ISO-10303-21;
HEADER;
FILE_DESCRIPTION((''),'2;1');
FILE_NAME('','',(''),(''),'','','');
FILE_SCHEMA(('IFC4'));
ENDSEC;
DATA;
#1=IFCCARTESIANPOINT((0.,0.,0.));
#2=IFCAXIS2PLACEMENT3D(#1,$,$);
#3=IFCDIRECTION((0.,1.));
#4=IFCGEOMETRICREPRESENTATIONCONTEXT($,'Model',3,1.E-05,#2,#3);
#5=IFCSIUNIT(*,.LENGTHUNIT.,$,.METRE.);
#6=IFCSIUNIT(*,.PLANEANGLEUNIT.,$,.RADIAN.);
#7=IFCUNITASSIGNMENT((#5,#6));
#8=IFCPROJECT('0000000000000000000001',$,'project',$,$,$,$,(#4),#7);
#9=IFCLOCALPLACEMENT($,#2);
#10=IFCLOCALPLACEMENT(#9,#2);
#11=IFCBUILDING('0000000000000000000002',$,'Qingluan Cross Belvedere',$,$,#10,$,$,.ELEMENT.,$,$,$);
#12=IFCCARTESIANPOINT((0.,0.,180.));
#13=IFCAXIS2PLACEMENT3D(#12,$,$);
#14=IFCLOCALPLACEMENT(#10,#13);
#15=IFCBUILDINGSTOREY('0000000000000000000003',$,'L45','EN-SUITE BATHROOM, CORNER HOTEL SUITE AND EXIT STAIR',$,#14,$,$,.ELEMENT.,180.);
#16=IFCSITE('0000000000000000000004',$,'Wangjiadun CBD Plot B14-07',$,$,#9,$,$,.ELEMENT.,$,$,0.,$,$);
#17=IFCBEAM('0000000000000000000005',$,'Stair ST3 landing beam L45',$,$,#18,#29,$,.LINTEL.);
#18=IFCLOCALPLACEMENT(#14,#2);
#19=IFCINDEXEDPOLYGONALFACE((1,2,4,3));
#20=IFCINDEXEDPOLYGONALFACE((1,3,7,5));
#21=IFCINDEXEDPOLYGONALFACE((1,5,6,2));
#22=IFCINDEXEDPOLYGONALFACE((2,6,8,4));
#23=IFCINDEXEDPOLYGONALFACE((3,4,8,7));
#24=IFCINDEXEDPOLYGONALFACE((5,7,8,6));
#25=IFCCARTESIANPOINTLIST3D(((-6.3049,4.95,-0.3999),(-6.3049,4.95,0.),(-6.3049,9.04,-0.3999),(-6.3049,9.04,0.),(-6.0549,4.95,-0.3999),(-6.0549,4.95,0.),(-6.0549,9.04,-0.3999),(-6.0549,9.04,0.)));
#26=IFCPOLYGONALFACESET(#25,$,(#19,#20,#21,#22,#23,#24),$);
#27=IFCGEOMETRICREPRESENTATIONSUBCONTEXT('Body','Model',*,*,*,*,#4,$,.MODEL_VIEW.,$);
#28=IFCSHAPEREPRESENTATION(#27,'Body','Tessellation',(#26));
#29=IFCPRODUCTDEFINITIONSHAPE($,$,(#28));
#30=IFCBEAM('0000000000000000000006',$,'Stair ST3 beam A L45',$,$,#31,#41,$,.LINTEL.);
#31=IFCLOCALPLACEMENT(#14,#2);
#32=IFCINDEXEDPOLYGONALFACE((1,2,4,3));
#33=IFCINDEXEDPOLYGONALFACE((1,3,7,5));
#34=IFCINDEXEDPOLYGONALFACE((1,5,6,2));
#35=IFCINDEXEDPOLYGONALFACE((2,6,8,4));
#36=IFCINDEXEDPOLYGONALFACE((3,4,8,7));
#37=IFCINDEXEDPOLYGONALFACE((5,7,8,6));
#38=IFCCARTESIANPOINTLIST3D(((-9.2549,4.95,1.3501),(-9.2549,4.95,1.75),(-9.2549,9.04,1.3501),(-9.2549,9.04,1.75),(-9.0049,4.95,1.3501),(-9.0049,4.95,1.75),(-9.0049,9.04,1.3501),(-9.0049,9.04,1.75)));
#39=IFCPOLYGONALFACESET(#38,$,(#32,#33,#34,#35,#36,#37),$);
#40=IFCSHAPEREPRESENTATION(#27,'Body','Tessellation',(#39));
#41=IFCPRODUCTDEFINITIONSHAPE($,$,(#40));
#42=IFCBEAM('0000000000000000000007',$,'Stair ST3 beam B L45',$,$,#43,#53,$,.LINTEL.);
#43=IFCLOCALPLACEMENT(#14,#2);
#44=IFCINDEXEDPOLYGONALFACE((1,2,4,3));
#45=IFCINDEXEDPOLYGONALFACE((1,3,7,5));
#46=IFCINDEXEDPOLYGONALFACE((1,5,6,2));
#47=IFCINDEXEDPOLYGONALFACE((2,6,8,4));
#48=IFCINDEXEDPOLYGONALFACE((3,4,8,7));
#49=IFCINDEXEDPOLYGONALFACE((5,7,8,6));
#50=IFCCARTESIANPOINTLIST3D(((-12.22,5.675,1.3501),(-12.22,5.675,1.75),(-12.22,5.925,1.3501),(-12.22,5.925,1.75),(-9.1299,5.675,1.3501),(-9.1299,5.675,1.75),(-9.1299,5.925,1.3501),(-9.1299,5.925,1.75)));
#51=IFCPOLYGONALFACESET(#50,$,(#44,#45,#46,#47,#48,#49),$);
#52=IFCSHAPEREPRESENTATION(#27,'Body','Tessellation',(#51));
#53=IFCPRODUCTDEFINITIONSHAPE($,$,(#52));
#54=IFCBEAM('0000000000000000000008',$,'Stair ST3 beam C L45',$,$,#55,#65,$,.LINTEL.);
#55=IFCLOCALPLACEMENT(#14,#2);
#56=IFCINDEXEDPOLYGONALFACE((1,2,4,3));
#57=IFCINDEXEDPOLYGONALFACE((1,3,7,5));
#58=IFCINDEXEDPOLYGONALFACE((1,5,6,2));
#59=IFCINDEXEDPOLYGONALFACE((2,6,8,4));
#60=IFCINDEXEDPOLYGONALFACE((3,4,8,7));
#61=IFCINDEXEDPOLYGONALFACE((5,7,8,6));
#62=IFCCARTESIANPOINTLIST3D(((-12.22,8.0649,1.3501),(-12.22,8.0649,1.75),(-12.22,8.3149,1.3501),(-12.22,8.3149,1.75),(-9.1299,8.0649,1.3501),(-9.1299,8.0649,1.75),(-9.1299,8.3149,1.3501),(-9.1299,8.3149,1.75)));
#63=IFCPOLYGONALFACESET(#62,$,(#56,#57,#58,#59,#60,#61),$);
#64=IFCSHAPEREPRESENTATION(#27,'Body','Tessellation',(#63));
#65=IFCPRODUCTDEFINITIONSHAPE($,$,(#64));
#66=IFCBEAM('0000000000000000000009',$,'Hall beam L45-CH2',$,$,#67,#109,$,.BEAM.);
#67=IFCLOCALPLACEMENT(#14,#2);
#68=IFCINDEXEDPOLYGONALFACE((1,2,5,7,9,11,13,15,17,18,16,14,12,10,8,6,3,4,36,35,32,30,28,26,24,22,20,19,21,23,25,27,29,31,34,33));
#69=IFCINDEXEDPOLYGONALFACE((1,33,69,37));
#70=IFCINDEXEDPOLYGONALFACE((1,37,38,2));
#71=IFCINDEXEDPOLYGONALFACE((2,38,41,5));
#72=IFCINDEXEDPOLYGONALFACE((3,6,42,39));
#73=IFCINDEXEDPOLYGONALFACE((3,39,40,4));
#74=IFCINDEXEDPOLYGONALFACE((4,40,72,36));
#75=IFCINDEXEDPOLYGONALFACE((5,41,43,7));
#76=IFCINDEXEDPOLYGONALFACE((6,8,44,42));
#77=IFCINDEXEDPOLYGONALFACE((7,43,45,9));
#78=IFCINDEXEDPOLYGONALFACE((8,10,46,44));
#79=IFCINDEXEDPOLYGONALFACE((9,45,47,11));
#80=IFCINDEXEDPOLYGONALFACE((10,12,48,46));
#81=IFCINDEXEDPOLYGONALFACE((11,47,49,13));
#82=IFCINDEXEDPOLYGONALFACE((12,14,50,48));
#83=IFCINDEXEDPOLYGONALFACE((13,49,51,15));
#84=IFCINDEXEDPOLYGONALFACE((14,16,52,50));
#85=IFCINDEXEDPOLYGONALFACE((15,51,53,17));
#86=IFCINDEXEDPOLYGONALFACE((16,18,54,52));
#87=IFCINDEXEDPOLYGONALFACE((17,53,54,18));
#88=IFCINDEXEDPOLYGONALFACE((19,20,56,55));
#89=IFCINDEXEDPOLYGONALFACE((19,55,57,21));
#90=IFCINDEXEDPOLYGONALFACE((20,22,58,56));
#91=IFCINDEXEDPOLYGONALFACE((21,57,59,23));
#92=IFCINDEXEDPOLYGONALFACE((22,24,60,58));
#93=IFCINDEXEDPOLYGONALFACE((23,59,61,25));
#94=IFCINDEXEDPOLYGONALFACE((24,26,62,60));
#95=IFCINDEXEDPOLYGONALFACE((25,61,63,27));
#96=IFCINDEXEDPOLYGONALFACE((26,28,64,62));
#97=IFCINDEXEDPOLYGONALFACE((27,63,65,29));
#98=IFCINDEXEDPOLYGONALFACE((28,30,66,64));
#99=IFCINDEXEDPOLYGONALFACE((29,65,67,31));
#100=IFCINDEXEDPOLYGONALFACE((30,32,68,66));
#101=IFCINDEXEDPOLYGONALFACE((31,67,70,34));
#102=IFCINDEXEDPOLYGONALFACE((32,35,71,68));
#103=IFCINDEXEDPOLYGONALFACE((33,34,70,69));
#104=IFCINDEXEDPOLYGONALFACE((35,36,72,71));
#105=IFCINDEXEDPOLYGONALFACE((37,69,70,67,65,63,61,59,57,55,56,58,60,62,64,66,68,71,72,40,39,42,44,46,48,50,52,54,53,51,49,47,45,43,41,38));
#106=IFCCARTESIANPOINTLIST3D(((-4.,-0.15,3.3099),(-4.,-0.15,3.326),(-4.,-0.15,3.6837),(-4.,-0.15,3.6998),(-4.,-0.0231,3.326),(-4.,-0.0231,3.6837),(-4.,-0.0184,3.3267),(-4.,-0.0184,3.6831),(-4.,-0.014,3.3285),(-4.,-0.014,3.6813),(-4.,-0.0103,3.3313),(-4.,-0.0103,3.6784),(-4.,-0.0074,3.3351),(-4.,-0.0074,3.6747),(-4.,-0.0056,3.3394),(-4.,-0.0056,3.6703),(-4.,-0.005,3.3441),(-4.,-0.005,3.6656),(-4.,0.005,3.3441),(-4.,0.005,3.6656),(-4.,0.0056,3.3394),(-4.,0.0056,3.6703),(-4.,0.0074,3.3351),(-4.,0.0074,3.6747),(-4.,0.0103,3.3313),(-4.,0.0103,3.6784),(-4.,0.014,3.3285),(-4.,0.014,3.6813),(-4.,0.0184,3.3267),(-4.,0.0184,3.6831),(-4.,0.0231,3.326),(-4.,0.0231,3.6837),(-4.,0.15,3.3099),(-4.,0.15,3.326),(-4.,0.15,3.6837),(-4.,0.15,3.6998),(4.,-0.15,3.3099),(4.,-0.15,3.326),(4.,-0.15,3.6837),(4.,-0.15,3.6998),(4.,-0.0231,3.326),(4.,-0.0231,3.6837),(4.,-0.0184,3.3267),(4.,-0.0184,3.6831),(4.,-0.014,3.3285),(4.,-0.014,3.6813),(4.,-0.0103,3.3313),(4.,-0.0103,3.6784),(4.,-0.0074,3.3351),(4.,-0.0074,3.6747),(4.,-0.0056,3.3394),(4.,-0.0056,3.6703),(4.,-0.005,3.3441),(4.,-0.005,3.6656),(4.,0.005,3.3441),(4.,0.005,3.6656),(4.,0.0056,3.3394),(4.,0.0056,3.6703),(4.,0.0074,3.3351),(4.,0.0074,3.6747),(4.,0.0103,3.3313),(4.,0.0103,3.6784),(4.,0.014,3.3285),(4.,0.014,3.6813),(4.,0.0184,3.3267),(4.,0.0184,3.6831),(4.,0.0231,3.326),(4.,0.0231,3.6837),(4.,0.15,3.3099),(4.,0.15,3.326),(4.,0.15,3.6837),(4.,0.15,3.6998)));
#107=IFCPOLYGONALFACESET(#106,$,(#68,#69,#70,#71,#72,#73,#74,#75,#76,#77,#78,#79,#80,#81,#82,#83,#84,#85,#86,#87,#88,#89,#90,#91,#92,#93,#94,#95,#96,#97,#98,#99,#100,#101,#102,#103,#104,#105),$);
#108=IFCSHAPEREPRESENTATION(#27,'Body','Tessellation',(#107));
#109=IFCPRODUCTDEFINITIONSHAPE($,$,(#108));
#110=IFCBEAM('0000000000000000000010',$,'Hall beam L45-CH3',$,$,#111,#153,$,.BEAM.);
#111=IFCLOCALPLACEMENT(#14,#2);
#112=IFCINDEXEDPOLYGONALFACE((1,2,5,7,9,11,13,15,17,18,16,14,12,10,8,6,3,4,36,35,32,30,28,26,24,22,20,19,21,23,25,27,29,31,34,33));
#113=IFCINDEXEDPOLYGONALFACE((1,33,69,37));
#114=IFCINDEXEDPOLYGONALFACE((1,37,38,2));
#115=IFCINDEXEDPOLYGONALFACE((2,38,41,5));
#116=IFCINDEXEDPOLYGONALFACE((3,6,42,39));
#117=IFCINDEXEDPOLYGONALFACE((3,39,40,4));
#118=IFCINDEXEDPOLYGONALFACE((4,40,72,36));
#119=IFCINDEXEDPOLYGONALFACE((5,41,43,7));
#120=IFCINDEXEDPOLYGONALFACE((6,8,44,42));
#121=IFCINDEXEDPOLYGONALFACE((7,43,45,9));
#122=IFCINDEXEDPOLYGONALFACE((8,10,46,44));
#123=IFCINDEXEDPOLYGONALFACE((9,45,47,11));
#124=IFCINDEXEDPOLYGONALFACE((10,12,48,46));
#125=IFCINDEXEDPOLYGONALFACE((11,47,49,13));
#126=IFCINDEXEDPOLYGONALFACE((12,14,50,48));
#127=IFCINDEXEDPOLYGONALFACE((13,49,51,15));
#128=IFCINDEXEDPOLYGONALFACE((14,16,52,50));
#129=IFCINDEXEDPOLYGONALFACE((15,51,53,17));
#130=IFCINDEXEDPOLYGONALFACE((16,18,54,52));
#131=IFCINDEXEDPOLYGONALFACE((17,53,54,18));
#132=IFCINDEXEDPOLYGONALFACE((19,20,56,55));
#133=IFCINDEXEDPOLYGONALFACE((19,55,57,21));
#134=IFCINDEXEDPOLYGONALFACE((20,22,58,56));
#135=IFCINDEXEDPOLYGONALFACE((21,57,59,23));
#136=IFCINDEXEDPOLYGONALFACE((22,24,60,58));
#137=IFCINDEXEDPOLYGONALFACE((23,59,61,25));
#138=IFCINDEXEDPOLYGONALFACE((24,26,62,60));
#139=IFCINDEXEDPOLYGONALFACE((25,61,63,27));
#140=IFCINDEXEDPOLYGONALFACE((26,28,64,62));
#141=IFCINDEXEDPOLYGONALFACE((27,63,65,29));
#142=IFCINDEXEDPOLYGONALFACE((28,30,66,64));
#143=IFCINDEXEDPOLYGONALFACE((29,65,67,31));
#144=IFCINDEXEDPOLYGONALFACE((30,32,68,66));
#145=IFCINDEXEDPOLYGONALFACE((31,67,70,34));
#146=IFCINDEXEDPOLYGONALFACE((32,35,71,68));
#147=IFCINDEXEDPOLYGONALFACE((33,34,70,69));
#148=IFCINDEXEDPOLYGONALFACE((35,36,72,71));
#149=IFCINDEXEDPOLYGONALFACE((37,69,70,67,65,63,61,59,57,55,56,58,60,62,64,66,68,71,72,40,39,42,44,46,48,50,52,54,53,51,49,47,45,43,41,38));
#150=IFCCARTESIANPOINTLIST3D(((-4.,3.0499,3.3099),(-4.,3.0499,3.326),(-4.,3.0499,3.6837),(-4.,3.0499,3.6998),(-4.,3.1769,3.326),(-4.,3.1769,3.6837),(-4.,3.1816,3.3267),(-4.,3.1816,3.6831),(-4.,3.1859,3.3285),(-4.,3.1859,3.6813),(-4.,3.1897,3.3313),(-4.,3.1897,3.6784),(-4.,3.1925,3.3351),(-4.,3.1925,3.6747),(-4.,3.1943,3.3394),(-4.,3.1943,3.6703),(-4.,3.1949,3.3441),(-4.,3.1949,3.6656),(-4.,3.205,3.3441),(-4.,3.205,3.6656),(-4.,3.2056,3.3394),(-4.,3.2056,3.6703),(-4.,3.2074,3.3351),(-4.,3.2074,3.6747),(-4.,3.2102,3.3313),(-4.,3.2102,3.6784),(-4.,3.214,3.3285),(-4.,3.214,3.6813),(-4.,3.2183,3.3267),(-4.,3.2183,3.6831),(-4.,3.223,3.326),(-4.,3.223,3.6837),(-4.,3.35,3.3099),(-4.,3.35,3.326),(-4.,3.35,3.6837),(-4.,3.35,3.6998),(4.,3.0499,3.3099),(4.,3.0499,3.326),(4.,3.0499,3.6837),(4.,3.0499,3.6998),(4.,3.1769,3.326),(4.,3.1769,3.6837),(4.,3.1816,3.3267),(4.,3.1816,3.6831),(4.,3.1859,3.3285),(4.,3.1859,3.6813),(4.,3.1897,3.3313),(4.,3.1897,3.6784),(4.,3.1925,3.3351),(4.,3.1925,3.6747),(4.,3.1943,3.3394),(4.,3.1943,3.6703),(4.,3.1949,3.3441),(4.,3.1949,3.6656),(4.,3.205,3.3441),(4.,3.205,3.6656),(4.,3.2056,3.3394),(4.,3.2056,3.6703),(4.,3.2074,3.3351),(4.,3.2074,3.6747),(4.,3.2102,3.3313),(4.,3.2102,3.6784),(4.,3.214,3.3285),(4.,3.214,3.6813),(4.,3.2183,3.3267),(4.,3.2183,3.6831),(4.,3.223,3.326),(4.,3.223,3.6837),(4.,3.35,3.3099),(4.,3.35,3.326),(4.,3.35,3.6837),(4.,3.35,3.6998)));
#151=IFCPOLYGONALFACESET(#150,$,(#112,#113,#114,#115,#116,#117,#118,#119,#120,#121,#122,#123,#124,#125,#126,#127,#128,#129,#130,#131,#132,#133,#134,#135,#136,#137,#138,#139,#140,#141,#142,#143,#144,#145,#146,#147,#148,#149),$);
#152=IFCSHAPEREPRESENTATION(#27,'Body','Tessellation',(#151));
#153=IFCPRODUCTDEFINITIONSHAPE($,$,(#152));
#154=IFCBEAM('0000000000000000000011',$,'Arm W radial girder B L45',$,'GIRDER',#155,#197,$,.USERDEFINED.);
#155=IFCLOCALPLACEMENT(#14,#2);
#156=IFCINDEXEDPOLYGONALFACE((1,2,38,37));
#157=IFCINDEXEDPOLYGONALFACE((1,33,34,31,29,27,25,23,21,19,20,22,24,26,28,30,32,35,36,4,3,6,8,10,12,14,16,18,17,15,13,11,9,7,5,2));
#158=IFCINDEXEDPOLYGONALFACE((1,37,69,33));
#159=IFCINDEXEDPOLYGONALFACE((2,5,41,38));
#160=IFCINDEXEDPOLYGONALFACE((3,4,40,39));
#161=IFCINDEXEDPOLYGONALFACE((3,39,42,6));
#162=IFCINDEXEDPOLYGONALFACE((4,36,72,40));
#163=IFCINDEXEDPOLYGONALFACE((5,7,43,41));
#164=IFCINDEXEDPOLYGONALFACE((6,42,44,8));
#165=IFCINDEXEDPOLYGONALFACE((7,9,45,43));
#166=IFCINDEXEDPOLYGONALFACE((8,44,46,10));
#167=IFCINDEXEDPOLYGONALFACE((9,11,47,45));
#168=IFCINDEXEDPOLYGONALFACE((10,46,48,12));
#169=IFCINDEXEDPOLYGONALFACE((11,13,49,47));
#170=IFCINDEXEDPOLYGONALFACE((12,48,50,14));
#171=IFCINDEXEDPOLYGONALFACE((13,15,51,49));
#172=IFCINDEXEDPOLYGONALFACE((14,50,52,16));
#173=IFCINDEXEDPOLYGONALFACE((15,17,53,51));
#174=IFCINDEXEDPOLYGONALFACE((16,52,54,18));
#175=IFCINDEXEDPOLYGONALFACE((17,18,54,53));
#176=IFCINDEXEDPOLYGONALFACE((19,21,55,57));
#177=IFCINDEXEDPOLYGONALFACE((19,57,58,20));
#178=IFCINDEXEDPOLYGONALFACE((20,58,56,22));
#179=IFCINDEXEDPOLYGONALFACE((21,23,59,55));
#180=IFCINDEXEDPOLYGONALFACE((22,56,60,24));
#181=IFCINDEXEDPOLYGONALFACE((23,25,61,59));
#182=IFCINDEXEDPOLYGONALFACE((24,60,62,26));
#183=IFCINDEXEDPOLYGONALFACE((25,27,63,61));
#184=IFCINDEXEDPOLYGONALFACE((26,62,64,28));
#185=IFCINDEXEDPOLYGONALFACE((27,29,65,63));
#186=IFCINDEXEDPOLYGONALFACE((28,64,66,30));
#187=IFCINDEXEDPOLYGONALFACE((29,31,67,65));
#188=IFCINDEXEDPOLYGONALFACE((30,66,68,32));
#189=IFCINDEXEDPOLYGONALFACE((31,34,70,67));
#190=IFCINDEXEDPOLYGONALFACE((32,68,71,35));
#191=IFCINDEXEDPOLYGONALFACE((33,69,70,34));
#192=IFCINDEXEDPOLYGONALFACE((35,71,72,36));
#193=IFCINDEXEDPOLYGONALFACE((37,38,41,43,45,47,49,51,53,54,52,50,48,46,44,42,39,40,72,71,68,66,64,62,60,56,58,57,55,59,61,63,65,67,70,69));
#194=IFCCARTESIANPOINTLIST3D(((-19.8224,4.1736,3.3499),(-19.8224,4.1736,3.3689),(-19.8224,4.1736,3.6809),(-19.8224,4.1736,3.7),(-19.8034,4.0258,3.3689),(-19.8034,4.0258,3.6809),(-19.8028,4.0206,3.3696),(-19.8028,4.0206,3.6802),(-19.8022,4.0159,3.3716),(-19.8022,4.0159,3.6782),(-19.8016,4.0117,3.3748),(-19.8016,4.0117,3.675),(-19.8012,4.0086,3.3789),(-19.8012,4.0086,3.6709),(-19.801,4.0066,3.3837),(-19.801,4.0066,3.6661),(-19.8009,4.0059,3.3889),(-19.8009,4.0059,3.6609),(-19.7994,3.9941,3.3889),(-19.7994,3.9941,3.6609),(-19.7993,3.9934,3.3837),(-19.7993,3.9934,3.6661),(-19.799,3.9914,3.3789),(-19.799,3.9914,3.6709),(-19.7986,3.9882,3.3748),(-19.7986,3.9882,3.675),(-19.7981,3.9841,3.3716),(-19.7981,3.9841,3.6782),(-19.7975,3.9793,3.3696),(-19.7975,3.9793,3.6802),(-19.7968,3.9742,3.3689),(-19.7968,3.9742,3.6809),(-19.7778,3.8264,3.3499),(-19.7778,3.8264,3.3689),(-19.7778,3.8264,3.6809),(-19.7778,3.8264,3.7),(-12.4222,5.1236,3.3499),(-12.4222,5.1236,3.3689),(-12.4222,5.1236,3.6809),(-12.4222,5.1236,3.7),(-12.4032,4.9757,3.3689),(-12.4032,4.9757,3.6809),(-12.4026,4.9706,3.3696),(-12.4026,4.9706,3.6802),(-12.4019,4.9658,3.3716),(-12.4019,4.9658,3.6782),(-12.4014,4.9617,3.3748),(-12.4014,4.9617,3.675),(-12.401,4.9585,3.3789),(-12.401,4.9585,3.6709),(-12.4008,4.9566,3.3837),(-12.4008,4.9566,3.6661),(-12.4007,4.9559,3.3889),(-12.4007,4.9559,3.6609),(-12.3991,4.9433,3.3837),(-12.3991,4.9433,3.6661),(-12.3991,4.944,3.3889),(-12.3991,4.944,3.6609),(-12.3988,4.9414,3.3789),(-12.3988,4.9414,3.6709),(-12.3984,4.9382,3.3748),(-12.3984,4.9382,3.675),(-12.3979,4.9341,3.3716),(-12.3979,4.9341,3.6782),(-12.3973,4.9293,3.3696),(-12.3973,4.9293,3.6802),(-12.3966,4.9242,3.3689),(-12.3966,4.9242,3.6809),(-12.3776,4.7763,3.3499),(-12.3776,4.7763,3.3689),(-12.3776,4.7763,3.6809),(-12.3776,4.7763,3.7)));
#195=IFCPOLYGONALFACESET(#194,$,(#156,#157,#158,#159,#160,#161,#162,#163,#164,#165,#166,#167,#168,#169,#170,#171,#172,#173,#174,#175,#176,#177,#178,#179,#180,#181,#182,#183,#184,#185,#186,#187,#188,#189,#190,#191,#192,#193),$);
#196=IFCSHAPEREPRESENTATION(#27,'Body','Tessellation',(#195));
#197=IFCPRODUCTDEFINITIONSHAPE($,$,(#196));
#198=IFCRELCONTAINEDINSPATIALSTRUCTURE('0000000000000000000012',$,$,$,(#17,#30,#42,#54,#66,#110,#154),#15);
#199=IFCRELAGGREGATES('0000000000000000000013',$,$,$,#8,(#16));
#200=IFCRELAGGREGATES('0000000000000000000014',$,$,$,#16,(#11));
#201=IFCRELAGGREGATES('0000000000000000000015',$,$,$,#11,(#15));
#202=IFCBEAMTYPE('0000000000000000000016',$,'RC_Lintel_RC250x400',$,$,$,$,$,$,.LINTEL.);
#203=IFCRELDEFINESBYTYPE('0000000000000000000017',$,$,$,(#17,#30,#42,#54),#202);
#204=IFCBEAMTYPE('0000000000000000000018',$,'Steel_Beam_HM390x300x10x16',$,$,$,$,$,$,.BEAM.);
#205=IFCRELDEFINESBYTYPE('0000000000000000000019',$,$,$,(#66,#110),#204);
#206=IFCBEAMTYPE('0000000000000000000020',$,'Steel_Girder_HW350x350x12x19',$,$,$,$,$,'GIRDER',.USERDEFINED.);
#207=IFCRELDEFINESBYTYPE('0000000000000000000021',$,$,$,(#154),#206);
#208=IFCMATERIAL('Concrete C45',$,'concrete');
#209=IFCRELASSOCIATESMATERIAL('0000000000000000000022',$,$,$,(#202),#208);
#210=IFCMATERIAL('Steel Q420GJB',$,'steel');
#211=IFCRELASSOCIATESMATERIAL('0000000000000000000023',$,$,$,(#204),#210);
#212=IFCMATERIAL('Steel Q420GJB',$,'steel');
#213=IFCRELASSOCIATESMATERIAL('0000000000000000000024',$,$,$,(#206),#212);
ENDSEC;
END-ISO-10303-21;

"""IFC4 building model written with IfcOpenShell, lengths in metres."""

from ifc_helpers import new_model, si_unit, direction, frame, origin, origin_2d, place, context, subcontext, project, spatial, rectangle, i_section, extrude, material, material_profile, profile_set, type_object, element, save


model = new_model("IFC4")

# Units and contexts
model_context = context("Model", 3, precision=1e-05, world=origin(), true_north=direction((0.0, 1.0)))
body_context = subcontext(model_context, "Body", "Model", "MODEL_VIEW")
ifc_project = project(units=[si_unit("LENGTHUNIT", "METRE"), si_unit("PLANEANGLEUNIT", "RADIAN")], contexts=[model_context])

# Site, building, storey
site_placement = place(None, origin())
site = spatial("IfcSite", under=ifc_project, at=site_placement, Name="Wangjiadun CBD Plot B14-07", CompositionType="ELEMENT", RefElevation=0.0)
building_placement = place(site_placement, origin())
building = spatial("IfcBuilding", under=site, at=building_placement, Name="Qingluan Cross Belvedere", CompositionType="ELEMENT")
storey_placement = place(building_placement, frame((0.0, 0.0, 180.0)))
storey = spatial("IfcBuildingStorey", under=building, at=storey_placement, Name="L45", Description="EN-SUITE BATHROOM, CORNER HOTEL SUITE AND EXIT STAIR", CompositionType="ELEMENT", Elevation=180.0)

# Beams
ifc_material_1 = material(Name="Concrete C45", Category="concrete")
ifc_material_profile_1 = material_profile(ifc_material_1, rectangle(XDim=0.25, YDim=0.3999, at=origin_2d()), Name="RC250x400")
ifc_profile_set_1 = profile_set([ifc_material_profile_1], Name="Concrete C45")
beam_type_1 = type_object("IfcBeamType", Name="RC_Lintel_RC250x400", PredefinedType="LINTEL", material=ifc_profile_set_1)
for number, where, z_axis, x_axis, name in (
    (1, (-6.1799, 4.95, -0.2), (0.0, 1.0, 0.0), (-1.0, 0.0, 0.0), "Stair ST3 landing beam L45"),
    (2, (-9.1299, 4.95, 1.55), (0.0, 1.0, 0.0), (-1.0, 0.0, 0.0), "Stair ST3 beam A L45"),
):
    element("IfcBeam", number, at=place(storey_placement, frame(where, z_axis=z_axis, x_axis=x_axis)), inside=storey, type_object=beam_type_1, Name=name, PredefinedType="LINTEL", context=body_context, shape_type="SweptSolid", body=[
        extrude(rectangle(XDim=0.25, YDim=0.3999, at=origin_2d()), origin(), (0.0, 0.0, 1.0), 4.0901),
    ])
for number, where, z_axis, x_axis, name in (
    (3, (-12.22, 5.8, 1.55), (1.0, 0.0, 0.0), (0.0, 1.0, 0.0), "Stair ST3 beam B L45"),
    (4, (-12.22, 8.1899, 1.55), (1.0, 0.0, 0.0), (0.0, 1.0, 0.0), "Stair ST3 beam C L45"),
):
    element("IfcBeam", number, at=place(storey_placement, frame(where, z_axis=z_axis, x_axis=x_axis)), inside=storey, type_object=beam_type_1, Name=name, PredefinedType="LINTEL", context=body_context, shape_type="SweptSolid", body=[
        extrude(rectangle(XDim=0.25, YDim=0.3999, at=origin_2d()), origin(), (0.0, 0.0, 1.0), 3.0901),
    ])
ifc_material_2 = material(Name="Steel Q420GJB", Category="steel")
ifc_material_profile_2 = material_profile(ifc_material_2, i_section(OverallWidth=0.3, OverallDepth=0.3899, WebThickness=0.01, FlangeThickness=0.0161, FilletRadius=0.0181, at=origin_2d()), Name="HM390x300x10x16")
ifc_profile_set_2 = profile_set([ifc_material_profile_2], Name="Steel Q420GJB")
beam_type_2 = type_object("IfcBeamType", Name="Steel_Beam_HM390x300x10x16", PredefinedType="BEAM", material=ifc_profile_set_2)
for number, where, z_axis, x_axis, name in (
    (5, (-4.0, 0.0, 3.5049), (1.0, 0.0, 0.0), (0.0, 1.0, 0.0), "Hall beam L45-CH2"),
    (6, (-4.0, 3.2, 3.5049), (1.0, 0.0, 0.0), (0.0, 1.0, 0.0), "Hall beam L45-CH3"),
):
    element("IfcBeam", number, at=place(storey_placement, frame(where, z_axis=z_axis, x_axis=x_axis)), inside=storey, type_object=beam_type_2, Name=name, PredefinedType="BEAM", context=body_context, shape_type="SweptSolid", body=[
        extrude(i_section(OverallWidth=0.3, OverallDepth=0.3899, WebThickness=0.01, FlangeThickness=0.0161, FilletRadius=0.0181, at=origin_2d()), origin(), (0.0, 0.0, 1.0), 8.0),
    ])
ifc_material_3 = material(Name="Steel Q420GJB", Category="steel")
ifc_material_profile_3 = material_profile(ifc_material_3, i_section(OverallWidth=0.3501, OverallDepth=0.3501, WebThickness=0.012, FlangeThickness=0.019, FilletRadius=0.02, at=origin_2d()), Name="HW350x350x12x19")
ifc_profile_set_3 = profile_set([ifc_material_profile_3], Name="Steel Q420GJB")
beam_type_3 = type_object("IfcBeamType", Name="Steel_Girder_HW350x350x12x19", ElementType="GIRDER", PredefinedType="USERDEFINED", material=ifc_profile_set_3)
beam_placement = place(storey_placement, frame((-12.3999, 4.95, 3.5249), z_axis=(-0.991861, -0.127324, 0.0), x_axis=(0.127324, -0.991861, 0.0)))
element("IfcBeam", 7, at=beam_placement, inside=storey, type_object=beam_type_3, Name="Arm W radial girder B L45", ObjectType="GIRDER", PredefinedType="USERDEFINED", context=body_context, shape_type="SweptSolid", body=[
    extrude(i_section(OverallWidth=0.3501, OverallDepth=0.3501, WebThickness=0.012, FlangeThickness=0.019, FilletRadius=0.02, at=origin_2d()), origin(), (0.0, 0.0, 1.0), 7.4609),
])

save(model, "model.ifc")
